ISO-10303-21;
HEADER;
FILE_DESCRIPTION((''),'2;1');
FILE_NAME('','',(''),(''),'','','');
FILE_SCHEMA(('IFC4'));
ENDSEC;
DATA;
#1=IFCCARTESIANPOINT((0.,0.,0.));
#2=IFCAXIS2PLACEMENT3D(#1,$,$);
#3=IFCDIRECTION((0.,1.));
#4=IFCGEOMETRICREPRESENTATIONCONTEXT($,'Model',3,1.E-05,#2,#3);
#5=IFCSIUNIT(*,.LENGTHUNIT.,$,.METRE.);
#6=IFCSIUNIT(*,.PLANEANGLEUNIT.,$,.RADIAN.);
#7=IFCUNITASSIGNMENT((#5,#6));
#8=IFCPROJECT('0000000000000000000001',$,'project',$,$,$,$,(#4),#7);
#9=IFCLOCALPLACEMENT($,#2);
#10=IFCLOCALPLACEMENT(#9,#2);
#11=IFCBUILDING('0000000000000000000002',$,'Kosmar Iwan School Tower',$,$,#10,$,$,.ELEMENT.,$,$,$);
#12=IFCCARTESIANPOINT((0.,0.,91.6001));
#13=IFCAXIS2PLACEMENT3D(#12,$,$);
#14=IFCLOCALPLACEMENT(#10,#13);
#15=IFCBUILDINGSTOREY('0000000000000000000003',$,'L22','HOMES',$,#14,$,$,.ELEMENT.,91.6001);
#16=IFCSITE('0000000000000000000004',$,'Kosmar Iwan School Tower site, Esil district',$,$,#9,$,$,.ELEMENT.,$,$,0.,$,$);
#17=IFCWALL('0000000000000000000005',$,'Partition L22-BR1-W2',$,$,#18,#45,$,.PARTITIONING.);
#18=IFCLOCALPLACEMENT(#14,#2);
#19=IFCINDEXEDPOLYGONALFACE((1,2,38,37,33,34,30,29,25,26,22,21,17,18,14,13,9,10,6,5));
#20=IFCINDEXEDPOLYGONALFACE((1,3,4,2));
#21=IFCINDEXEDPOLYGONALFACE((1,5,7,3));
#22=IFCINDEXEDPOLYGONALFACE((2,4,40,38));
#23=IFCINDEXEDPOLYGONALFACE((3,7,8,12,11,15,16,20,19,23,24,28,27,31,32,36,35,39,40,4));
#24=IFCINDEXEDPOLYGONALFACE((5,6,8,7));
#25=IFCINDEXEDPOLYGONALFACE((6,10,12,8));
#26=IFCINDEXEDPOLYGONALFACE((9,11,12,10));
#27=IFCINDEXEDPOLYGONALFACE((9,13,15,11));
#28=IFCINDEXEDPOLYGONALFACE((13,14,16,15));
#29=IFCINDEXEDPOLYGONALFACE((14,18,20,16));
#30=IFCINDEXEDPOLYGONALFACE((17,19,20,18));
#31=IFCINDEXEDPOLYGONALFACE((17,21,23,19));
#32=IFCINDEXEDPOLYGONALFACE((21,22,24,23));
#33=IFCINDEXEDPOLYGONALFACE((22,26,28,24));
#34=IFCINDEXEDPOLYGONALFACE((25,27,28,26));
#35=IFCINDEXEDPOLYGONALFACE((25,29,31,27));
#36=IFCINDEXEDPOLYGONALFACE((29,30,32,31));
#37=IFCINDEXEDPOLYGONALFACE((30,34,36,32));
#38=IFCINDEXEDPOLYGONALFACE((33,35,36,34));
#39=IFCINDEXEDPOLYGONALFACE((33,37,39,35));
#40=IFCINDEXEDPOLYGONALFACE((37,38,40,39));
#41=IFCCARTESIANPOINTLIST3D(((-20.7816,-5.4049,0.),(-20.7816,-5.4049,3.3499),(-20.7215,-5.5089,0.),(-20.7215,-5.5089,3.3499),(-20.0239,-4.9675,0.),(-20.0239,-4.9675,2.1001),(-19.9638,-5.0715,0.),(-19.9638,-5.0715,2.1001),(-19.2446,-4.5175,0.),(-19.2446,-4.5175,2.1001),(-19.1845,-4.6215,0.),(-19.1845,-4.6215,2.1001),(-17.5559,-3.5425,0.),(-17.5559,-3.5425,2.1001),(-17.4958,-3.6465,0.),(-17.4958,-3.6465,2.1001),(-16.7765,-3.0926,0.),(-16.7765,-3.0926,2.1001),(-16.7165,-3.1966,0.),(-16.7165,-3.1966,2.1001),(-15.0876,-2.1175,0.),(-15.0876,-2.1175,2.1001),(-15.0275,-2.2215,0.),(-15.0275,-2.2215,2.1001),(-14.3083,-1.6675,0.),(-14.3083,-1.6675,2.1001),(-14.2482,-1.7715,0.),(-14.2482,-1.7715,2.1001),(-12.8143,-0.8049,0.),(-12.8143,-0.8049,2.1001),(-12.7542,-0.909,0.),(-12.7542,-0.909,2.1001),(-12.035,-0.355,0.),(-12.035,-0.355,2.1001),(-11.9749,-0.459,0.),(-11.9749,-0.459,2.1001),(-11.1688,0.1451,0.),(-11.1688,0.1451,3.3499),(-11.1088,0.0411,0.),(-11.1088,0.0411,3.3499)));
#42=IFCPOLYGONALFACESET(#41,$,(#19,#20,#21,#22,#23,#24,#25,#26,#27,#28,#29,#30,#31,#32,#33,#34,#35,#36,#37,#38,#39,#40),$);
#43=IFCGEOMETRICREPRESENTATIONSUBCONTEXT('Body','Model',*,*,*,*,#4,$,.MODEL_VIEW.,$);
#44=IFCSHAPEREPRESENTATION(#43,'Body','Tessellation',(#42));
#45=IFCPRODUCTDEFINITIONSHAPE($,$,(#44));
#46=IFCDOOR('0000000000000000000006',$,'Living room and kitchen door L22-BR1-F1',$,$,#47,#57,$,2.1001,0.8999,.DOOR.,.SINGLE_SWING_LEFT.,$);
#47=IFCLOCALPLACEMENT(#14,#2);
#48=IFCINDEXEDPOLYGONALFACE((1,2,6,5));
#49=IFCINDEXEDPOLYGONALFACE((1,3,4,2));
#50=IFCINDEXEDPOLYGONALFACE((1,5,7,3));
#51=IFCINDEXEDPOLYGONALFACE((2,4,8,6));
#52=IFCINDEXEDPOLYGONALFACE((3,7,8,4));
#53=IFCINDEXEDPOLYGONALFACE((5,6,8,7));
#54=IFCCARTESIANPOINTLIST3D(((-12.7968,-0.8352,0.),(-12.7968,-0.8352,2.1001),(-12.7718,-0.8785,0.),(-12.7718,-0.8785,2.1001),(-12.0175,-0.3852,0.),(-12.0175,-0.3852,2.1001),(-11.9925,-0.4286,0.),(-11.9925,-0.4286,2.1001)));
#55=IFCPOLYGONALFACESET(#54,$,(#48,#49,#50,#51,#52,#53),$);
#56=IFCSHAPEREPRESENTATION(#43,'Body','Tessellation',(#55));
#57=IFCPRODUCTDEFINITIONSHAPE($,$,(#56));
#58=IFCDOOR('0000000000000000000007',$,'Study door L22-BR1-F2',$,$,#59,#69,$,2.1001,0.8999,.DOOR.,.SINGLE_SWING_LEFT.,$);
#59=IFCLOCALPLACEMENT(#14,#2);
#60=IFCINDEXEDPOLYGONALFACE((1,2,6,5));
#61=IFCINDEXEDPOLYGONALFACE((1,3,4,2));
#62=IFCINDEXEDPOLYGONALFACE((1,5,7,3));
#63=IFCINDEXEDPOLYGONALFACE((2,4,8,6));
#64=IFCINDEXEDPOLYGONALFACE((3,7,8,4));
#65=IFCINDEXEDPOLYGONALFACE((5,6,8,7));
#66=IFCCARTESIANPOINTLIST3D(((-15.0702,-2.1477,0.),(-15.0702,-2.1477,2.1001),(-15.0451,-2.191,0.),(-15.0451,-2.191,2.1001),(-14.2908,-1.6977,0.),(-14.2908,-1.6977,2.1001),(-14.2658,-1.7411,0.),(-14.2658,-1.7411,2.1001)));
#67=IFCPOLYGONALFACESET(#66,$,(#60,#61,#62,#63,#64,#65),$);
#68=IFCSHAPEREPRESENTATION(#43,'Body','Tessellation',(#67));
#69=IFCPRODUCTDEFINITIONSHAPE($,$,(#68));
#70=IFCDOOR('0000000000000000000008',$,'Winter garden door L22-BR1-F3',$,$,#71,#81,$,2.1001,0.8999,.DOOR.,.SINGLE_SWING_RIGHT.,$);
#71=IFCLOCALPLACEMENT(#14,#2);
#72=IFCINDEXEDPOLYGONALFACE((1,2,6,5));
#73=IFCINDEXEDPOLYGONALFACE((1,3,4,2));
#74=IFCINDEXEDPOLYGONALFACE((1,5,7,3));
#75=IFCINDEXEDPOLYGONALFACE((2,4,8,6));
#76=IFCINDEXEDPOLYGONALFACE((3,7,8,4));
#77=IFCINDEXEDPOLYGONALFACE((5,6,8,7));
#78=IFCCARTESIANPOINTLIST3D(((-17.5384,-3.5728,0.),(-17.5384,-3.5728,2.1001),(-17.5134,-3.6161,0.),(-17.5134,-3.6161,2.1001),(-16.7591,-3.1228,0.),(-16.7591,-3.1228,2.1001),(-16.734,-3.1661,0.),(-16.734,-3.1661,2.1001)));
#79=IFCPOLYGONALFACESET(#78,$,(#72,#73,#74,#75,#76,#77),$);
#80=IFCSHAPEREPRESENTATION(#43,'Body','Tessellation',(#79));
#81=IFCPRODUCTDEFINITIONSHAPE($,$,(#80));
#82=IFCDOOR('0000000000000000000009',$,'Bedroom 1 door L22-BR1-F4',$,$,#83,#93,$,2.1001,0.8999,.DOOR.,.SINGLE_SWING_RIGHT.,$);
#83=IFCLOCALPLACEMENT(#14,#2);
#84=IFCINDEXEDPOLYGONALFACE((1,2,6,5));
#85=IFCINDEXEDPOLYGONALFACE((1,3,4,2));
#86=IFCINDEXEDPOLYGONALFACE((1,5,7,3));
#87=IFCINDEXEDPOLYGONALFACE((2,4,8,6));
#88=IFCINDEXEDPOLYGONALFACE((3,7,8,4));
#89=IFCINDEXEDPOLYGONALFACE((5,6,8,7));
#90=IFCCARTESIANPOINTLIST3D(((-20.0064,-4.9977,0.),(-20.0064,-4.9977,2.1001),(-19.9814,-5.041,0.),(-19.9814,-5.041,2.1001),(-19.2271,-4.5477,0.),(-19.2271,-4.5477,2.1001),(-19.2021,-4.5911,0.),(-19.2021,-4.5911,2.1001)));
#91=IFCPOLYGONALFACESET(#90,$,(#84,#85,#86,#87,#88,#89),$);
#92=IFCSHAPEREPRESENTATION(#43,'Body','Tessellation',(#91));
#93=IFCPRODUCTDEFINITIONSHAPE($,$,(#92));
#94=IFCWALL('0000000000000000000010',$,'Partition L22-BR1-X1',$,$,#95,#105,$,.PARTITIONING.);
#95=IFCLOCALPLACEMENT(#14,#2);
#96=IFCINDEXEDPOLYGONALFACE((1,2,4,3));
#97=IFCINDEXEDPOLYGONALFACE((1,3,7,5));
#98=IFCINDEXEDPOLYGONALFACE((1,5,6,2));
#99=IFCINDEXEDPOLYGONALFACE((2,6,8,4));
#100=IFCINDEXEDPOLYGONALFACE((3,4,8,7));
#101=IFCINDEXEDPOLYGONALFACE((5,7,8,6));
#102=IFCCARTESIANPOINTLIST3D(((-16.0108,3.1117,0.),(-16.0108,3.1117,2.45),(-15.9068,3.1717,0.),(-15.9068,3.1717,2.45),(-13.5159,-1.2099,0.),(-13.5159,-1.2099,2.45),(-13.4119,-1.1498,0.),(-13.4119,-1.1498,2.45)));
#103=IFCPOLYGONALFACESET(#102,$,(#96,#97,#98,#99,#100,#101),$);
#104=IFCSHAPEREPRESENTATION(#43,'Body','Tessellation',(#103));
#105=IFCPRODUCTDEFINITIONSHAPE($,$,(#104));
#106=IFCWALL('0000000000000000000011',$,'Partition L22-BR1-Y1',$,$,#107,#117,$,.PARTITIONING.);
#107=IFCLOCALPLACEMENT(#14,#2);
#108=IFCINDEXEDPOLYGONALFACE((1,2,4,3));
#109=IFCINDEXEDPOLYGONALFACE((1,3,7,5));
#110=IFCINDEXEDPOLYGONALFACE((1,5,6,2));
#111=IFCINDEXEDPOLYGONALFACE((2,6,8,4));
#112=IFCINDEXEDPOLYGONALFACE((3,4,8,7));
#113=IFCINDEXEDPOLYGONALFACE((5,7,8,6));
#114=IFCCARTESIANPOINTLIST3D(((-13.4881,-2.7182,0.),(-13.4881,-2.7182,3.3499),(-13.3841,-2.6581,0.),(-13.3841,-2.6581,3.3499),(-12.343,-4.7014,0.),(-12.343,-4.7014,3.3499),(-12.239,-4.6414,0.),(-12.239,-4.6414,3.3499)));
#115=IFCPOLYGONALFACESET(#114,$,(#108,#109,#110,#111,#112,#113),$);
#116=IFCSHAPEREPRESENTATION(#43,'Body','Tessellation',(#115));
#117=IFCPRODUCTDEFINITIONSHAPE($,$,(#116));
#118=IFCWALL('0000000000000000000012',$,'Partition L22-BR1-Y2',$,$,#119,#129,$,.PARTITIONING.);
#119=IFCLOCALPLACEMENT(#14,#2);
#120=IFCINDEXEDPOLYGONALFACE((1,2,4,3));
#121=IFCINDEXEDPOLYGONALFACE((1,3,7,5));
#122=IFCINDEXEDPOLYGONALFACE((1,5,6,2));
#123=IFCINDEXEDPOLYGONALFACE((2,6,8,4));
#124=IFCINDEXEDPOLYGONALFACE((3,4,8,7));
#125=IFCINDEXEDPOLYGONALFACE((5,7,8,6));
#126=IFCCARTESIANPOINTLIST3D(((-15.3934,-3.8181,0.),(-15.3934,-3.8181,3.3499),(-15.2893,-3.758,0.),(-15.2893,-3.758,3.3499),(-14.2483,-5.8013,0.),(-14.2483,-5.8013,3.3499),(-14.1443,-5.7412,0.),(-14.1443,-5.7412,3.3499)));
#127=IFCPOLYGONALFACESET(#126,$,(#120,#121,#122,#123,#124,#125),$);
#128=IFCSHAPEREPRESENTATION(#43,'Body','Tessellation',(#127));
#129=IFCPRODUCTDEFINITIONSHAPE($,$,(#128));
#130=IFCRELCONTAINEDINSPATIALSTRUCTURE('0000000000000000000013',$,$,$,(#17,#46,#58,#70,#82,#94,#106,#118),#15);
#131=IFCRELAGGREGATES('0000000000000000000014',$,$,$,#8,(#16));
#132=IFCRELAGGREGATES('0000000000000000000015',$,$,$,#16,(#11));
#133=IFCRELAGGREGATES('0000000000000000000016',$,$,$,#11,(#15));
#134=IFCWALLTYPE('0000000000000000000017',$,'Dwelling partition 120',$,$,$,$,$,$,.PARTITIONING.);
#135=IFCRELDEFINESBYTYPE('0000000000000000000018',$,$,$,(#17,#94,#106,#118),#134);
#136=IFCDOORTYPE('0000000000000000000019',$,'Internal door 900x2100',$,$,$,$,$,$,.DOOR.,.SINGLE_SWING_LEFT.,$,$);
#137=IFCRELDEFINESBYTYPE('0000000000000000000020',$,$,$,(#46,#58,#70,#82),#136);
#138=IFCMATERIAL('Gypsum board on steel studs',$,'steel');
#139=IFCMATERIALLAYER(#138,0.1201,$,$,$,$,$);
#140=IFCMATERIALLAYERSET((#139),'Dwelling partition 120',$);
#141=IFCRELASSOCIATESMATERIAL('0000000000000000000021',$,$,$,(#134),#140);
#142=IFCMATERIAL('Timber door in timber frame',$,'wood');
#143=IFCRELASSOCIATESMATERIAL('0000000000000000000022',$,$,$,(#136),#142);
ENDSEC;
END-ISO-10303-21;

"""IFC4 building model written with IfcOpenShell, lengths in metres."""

from ifc_helpers import new_model, si_unit, direction, frame, frame_2d, origin, place, context, subcontext, project, spatial, rectangle, extrude, material, layer, layer_set, type_object, element, fill, save


model = new_model("IFC4")

# Units and contexts
model_context = context("Model", 3, precision=1e-05, world=origin(), true_north=direction((0.0, 1.0)))
body_context = subcontext(model_context, "Body", "Model", "MODEL_VIEW")
ifc_project = project(units=[si_unit("LENGTHUNIT", "METRE"), si_unit("PLANEANGLEUNIT", "RADIAN")], contexts=[model_context])

# Site, building, storey
site_placement = place(None, origin())
site = spatial("IfcSite", under=ifc_project, at=site_placement, Name="Kosmar Iwan School Tower site, Esil district", CompositionType="ELEMENT", RefElevation=0.0)
building_placement = place(site_placement, origin())
building = spatial("IfcBuilding", under=site, at=building_placement, Name="Kosmar Iwan School Tower", CompositionType="ELEMENT")
storey_placement = place(building_placement, frame((0.0, 0.0, 91.6001)))
storey = spatial("IfcBuildingStorey", under=building, at=storey_placement, Name="L22", Description="HOMES", CompositionType="ELEMENT", Elevation=91.6001)

# Wall, openings, doors
ifc_material_1 = material(Name="Gypsum board on steel studs", Category="steel")
ifc_layer = layer(ifc_material_1, 0.1201)
ifc_layer_set = layer_set([ifc_layer], Name="Dwelling partition 120")
wall_type = type_object("IfcWallType", Name="Dwelling partition 120", PredefinedType="PARTITIONING", material=ifc_layer_set)
ifc_material_2 = material(Name="Timber door in timber frame", Category="wood")
door_type_1 = type_object("IfcDoorType", Name="Internal door 900x2100", OperationType="SINGLE_SWING_LEFT", PredefinedType="DOOR", material=ifc_material_2)
wall_1_placement = place(storey_placement, frame((-11.1389, 0.093, 0.0), z_axis=(0.0, 0.0, 1.0), x_axis=(-0.866021, -0.500007, 0.0)))
wall_1 = element("IfcWall", 1, at=wall_1_placement, inside=storey, type_object=wall_type, Name="Partition L22-BR1-W2", PredefinedType="PARTITIONING", context=body_context, shape_type="SweptSolid", body=[
    extrude(rectangle(XDim=11.0999, YDim=0.1201, at=frame_2d((5.5498, 0.0))), origin(), (0.0, 0.0, 1.0), 3.3499),
])
opening_1_placement = place(wall_1_placement, frame((1.0, 0.0, 0.0)))
opening_1 = element("IfcOpeningElement", 2, at=opening_1_placement, cuts=wall_1, PredefinedType="OPENING", context=body_context, shape_type="SweptSolid", body=[
    extrude(rectangle(XDim=0.8999, YDim=2.1001, at=frame_2d((0.45, 1.05))), frame((0.0, 0.072, 0.0), z_axis=(0.0, -1.0, 0.0), x_axis=(1.0, 0.0, 0.0)), (0.0, 0.0, 1.0), 0.144),
])
opening_2_placement = place(wall_1_placement, frame((3.625, 0.0, 0.0)))
opening_2 = element("IfcOpeningElement", 3, at=opening_2_placement, cuts=wall_1, PredefinedType="OPENING", context=body_context, shape_type="SweptSolid", body=[
    extrude(rectangle(XDim=0.8999, YDim=2.1001, at=frame_2d((0.45, 1.05))), frame((0.0, 0.072, 0.0), z_axis=(0.0, -1.0, 0.0), x_axis=(1.0, 0.0, 0.0)), (0.0, 0.0, 1.0), 0.144),
])
opening_3_placement = place(wall_1_placement, frame((6.4751, 0.0, 0.0)))
opening_3 = element("IfcOpeningElement", 4, at=opening_3_placement, cuts=wall_1, PredefinedType="OPENING", context=body_context, shape_type="SweptSolid", body=[
    extrude(rectangle(XDim=0.8999, YDim=2.1001, at=frame_2d((0.45, 1.05))), frame((0.0, 0.072, 0.0), z_axis=(0.0, -1.0, 0.0), x_axis=(1.0, 0.0, 0.0)), (0.0, 0.0, 1.0), 0.144),
])
opening_4_placement = place(wall_1_placement, frame((9.325, 0.0, 0.0)))
opening_4 = element("IfcOpeningElement", 5, at=opening_4_placement, cuts=wall_1, PredefinedType="OPENING", context=body_context, shape_type="SweptSolid", body=[
    extrude(rectangle(XDim=0.8999, YDim=2.1001, at=frame_2d((0.45, 1.05))), frame((0.0, 0.072, 0.0), z_axis=(0.0, -1.0, 0.0), x_axis=(1.0, 0.0, 0.0)), (0.0, 0.0, 1.0), 0.144),
])
door_1_placement = place(opening_1_placement, origin())
door_1 = element("IfcDoor", 6, at=door_1_placement, inside=storey, type_object=door_type_1, Name="Living room and kitchen door L22-BR1-F1", OperationType="SINGLE_SWING_LEFT", OverallHeight=2.1001, OverallWidth=0.8999, PredefinedType="DOOR", context=body_context, shape_type="SweptSolid", body=[
    extrude(rectangle(XDim=0.8999, YDim=2.1001, at=frame_2d((0.45, 1.05))), frame((0.0, 0.0249, 0.0), z_axis=(0.0, -1.0, 0.0), x_axis=(1.0, 0.0, 0.0)), (0.0, 0.0, 1.0), 0.05),
])
fill(opening_1, door_1)
door_2_placement = place(opening_2_placement, origin())
door_2 = element("IfcDoor", 7, at=door_2_placement, inside=storey, type_object=door_type_1, Name="Study door L22-BR1-F2", OperationType="SINGLE_SWING_LEFT", OverallHeight=2.1001, OverallWidth=0.8999, PredefinedType="DOOR", context=body_context, shape_type="SweptSolid", body=[
    extrude(rectangle(XDim=0.8999, YDim=2.1001, at=frame_2d((0.45, 1.05))), frame((0.0, 0.0249, 0.0), z_axis=(0.0, -1.0, 0.0), x_axis=(1.0, 0.0, 0.0)), (0.0, 0.0, 1.0), 0.05),
])
fill(opening_2, door_2)
door_3_placement = place(opening_3_placement, origin())
door_3 = element("IfcDoor", 8, at=door_3_placement, inside=storey, type_object=door_type_1, Name="Winter garden door L22-BR1-F3", OperationType="SINGLE_SWING_RIGHT", OverallHeight=2.1001, OverallWidth=0.8999, PredefinedType="DOOR", context=body_context, shape_type="SweptSolid", body=[
    extrude(rectangle(XDim=0.8999, YDim=2.1001, at=frame_2d((0.45, 1.05))), frame((0.0, 0.0249, 0.0), z_axis=(0.0, -1.0, 0.0), x_axis=(1.0, 0.0, 0.0)), (0.0, 0.0, 1.0), 0.05),
])
fill(opening_3, door_3)
door_4_placement = place(opening_4_placement, origin())
door_4 = element("IfcDoor", 9, at=door_4_placement, inside=storey, type_object=door_type_1, Name="Bedroom 1 door L22-BR1-F4", OperationType="SINGLE_SWING_RIGHT", OverallHeight=2.1001, OverallWidth=0.8999, PredefinedType="DOOR", context=body_context, shape_type="SweptSolid", body=[
    extrude(rectangle(XDim=0.8999, YDim=2.1001, at=frame_2d((0.45, 1.05))), frame((0.0, 0.0249, 0.0), z_axis=(0.0, -1.0, 0.0), x_axis=(1.0, 0.0, 0.0)), (0.0, 0.0, 1.0), 0.05),
])
fill(opening_4, door_4)

# Walls
wall_2_placement = place(storey_placement, frame((-13.4639, -1.1799, 0.0), z_axis=(0.0, 0.0, 1.0), x_axis=(-0.499975, 0.86604, 0.0)))
element("IfcWall", 10, at=wall_2_placement, inside=storey, type_object=wall_type, Name="Partition L22-BR1-X1", PredefinedType="PARTITIONING", context=body_context, shape_type="SweptSolid", body=[
    extrude(rectangle(XDim=4.99, YDim=0.1201, at=frame_2d((2.4951, 0.0))), origin(), (0.0, 0.0, 1.0), 2.45),
])
for number, where, z_axis, x_axis, name in (
    (11, (-12.291, -4.6714, 0.0), (0.0, 0.0, 1.0), (-0.500015, 0.866017, 0.0), "Partition L22-BR1-Y1"),
    (12, (-14.1963, -5.7712, 0.0), (0.0, 0.0, 1.0), (-0.500015, 0.866017, 0.0), "Partition L22-BR1-Y2"),
):
    element("IfcWall", number, at=place(storey_placement, frame(where, z_axis=z_axis, x_axis=x_axis)), inside=storey, type_object=wall_type, Name=name, PredefinedType="PARTITIONING", context=body_context, shape_type="SweptSolid", body=[
        extrude(rectangle(XDim=2.29, YDim=0.1201, at=frame_2d((1.145, 0.0))), origin(), (0.0, 0.0, 1.0), 3.3499),
    ])

save(model, "model.ifc")
